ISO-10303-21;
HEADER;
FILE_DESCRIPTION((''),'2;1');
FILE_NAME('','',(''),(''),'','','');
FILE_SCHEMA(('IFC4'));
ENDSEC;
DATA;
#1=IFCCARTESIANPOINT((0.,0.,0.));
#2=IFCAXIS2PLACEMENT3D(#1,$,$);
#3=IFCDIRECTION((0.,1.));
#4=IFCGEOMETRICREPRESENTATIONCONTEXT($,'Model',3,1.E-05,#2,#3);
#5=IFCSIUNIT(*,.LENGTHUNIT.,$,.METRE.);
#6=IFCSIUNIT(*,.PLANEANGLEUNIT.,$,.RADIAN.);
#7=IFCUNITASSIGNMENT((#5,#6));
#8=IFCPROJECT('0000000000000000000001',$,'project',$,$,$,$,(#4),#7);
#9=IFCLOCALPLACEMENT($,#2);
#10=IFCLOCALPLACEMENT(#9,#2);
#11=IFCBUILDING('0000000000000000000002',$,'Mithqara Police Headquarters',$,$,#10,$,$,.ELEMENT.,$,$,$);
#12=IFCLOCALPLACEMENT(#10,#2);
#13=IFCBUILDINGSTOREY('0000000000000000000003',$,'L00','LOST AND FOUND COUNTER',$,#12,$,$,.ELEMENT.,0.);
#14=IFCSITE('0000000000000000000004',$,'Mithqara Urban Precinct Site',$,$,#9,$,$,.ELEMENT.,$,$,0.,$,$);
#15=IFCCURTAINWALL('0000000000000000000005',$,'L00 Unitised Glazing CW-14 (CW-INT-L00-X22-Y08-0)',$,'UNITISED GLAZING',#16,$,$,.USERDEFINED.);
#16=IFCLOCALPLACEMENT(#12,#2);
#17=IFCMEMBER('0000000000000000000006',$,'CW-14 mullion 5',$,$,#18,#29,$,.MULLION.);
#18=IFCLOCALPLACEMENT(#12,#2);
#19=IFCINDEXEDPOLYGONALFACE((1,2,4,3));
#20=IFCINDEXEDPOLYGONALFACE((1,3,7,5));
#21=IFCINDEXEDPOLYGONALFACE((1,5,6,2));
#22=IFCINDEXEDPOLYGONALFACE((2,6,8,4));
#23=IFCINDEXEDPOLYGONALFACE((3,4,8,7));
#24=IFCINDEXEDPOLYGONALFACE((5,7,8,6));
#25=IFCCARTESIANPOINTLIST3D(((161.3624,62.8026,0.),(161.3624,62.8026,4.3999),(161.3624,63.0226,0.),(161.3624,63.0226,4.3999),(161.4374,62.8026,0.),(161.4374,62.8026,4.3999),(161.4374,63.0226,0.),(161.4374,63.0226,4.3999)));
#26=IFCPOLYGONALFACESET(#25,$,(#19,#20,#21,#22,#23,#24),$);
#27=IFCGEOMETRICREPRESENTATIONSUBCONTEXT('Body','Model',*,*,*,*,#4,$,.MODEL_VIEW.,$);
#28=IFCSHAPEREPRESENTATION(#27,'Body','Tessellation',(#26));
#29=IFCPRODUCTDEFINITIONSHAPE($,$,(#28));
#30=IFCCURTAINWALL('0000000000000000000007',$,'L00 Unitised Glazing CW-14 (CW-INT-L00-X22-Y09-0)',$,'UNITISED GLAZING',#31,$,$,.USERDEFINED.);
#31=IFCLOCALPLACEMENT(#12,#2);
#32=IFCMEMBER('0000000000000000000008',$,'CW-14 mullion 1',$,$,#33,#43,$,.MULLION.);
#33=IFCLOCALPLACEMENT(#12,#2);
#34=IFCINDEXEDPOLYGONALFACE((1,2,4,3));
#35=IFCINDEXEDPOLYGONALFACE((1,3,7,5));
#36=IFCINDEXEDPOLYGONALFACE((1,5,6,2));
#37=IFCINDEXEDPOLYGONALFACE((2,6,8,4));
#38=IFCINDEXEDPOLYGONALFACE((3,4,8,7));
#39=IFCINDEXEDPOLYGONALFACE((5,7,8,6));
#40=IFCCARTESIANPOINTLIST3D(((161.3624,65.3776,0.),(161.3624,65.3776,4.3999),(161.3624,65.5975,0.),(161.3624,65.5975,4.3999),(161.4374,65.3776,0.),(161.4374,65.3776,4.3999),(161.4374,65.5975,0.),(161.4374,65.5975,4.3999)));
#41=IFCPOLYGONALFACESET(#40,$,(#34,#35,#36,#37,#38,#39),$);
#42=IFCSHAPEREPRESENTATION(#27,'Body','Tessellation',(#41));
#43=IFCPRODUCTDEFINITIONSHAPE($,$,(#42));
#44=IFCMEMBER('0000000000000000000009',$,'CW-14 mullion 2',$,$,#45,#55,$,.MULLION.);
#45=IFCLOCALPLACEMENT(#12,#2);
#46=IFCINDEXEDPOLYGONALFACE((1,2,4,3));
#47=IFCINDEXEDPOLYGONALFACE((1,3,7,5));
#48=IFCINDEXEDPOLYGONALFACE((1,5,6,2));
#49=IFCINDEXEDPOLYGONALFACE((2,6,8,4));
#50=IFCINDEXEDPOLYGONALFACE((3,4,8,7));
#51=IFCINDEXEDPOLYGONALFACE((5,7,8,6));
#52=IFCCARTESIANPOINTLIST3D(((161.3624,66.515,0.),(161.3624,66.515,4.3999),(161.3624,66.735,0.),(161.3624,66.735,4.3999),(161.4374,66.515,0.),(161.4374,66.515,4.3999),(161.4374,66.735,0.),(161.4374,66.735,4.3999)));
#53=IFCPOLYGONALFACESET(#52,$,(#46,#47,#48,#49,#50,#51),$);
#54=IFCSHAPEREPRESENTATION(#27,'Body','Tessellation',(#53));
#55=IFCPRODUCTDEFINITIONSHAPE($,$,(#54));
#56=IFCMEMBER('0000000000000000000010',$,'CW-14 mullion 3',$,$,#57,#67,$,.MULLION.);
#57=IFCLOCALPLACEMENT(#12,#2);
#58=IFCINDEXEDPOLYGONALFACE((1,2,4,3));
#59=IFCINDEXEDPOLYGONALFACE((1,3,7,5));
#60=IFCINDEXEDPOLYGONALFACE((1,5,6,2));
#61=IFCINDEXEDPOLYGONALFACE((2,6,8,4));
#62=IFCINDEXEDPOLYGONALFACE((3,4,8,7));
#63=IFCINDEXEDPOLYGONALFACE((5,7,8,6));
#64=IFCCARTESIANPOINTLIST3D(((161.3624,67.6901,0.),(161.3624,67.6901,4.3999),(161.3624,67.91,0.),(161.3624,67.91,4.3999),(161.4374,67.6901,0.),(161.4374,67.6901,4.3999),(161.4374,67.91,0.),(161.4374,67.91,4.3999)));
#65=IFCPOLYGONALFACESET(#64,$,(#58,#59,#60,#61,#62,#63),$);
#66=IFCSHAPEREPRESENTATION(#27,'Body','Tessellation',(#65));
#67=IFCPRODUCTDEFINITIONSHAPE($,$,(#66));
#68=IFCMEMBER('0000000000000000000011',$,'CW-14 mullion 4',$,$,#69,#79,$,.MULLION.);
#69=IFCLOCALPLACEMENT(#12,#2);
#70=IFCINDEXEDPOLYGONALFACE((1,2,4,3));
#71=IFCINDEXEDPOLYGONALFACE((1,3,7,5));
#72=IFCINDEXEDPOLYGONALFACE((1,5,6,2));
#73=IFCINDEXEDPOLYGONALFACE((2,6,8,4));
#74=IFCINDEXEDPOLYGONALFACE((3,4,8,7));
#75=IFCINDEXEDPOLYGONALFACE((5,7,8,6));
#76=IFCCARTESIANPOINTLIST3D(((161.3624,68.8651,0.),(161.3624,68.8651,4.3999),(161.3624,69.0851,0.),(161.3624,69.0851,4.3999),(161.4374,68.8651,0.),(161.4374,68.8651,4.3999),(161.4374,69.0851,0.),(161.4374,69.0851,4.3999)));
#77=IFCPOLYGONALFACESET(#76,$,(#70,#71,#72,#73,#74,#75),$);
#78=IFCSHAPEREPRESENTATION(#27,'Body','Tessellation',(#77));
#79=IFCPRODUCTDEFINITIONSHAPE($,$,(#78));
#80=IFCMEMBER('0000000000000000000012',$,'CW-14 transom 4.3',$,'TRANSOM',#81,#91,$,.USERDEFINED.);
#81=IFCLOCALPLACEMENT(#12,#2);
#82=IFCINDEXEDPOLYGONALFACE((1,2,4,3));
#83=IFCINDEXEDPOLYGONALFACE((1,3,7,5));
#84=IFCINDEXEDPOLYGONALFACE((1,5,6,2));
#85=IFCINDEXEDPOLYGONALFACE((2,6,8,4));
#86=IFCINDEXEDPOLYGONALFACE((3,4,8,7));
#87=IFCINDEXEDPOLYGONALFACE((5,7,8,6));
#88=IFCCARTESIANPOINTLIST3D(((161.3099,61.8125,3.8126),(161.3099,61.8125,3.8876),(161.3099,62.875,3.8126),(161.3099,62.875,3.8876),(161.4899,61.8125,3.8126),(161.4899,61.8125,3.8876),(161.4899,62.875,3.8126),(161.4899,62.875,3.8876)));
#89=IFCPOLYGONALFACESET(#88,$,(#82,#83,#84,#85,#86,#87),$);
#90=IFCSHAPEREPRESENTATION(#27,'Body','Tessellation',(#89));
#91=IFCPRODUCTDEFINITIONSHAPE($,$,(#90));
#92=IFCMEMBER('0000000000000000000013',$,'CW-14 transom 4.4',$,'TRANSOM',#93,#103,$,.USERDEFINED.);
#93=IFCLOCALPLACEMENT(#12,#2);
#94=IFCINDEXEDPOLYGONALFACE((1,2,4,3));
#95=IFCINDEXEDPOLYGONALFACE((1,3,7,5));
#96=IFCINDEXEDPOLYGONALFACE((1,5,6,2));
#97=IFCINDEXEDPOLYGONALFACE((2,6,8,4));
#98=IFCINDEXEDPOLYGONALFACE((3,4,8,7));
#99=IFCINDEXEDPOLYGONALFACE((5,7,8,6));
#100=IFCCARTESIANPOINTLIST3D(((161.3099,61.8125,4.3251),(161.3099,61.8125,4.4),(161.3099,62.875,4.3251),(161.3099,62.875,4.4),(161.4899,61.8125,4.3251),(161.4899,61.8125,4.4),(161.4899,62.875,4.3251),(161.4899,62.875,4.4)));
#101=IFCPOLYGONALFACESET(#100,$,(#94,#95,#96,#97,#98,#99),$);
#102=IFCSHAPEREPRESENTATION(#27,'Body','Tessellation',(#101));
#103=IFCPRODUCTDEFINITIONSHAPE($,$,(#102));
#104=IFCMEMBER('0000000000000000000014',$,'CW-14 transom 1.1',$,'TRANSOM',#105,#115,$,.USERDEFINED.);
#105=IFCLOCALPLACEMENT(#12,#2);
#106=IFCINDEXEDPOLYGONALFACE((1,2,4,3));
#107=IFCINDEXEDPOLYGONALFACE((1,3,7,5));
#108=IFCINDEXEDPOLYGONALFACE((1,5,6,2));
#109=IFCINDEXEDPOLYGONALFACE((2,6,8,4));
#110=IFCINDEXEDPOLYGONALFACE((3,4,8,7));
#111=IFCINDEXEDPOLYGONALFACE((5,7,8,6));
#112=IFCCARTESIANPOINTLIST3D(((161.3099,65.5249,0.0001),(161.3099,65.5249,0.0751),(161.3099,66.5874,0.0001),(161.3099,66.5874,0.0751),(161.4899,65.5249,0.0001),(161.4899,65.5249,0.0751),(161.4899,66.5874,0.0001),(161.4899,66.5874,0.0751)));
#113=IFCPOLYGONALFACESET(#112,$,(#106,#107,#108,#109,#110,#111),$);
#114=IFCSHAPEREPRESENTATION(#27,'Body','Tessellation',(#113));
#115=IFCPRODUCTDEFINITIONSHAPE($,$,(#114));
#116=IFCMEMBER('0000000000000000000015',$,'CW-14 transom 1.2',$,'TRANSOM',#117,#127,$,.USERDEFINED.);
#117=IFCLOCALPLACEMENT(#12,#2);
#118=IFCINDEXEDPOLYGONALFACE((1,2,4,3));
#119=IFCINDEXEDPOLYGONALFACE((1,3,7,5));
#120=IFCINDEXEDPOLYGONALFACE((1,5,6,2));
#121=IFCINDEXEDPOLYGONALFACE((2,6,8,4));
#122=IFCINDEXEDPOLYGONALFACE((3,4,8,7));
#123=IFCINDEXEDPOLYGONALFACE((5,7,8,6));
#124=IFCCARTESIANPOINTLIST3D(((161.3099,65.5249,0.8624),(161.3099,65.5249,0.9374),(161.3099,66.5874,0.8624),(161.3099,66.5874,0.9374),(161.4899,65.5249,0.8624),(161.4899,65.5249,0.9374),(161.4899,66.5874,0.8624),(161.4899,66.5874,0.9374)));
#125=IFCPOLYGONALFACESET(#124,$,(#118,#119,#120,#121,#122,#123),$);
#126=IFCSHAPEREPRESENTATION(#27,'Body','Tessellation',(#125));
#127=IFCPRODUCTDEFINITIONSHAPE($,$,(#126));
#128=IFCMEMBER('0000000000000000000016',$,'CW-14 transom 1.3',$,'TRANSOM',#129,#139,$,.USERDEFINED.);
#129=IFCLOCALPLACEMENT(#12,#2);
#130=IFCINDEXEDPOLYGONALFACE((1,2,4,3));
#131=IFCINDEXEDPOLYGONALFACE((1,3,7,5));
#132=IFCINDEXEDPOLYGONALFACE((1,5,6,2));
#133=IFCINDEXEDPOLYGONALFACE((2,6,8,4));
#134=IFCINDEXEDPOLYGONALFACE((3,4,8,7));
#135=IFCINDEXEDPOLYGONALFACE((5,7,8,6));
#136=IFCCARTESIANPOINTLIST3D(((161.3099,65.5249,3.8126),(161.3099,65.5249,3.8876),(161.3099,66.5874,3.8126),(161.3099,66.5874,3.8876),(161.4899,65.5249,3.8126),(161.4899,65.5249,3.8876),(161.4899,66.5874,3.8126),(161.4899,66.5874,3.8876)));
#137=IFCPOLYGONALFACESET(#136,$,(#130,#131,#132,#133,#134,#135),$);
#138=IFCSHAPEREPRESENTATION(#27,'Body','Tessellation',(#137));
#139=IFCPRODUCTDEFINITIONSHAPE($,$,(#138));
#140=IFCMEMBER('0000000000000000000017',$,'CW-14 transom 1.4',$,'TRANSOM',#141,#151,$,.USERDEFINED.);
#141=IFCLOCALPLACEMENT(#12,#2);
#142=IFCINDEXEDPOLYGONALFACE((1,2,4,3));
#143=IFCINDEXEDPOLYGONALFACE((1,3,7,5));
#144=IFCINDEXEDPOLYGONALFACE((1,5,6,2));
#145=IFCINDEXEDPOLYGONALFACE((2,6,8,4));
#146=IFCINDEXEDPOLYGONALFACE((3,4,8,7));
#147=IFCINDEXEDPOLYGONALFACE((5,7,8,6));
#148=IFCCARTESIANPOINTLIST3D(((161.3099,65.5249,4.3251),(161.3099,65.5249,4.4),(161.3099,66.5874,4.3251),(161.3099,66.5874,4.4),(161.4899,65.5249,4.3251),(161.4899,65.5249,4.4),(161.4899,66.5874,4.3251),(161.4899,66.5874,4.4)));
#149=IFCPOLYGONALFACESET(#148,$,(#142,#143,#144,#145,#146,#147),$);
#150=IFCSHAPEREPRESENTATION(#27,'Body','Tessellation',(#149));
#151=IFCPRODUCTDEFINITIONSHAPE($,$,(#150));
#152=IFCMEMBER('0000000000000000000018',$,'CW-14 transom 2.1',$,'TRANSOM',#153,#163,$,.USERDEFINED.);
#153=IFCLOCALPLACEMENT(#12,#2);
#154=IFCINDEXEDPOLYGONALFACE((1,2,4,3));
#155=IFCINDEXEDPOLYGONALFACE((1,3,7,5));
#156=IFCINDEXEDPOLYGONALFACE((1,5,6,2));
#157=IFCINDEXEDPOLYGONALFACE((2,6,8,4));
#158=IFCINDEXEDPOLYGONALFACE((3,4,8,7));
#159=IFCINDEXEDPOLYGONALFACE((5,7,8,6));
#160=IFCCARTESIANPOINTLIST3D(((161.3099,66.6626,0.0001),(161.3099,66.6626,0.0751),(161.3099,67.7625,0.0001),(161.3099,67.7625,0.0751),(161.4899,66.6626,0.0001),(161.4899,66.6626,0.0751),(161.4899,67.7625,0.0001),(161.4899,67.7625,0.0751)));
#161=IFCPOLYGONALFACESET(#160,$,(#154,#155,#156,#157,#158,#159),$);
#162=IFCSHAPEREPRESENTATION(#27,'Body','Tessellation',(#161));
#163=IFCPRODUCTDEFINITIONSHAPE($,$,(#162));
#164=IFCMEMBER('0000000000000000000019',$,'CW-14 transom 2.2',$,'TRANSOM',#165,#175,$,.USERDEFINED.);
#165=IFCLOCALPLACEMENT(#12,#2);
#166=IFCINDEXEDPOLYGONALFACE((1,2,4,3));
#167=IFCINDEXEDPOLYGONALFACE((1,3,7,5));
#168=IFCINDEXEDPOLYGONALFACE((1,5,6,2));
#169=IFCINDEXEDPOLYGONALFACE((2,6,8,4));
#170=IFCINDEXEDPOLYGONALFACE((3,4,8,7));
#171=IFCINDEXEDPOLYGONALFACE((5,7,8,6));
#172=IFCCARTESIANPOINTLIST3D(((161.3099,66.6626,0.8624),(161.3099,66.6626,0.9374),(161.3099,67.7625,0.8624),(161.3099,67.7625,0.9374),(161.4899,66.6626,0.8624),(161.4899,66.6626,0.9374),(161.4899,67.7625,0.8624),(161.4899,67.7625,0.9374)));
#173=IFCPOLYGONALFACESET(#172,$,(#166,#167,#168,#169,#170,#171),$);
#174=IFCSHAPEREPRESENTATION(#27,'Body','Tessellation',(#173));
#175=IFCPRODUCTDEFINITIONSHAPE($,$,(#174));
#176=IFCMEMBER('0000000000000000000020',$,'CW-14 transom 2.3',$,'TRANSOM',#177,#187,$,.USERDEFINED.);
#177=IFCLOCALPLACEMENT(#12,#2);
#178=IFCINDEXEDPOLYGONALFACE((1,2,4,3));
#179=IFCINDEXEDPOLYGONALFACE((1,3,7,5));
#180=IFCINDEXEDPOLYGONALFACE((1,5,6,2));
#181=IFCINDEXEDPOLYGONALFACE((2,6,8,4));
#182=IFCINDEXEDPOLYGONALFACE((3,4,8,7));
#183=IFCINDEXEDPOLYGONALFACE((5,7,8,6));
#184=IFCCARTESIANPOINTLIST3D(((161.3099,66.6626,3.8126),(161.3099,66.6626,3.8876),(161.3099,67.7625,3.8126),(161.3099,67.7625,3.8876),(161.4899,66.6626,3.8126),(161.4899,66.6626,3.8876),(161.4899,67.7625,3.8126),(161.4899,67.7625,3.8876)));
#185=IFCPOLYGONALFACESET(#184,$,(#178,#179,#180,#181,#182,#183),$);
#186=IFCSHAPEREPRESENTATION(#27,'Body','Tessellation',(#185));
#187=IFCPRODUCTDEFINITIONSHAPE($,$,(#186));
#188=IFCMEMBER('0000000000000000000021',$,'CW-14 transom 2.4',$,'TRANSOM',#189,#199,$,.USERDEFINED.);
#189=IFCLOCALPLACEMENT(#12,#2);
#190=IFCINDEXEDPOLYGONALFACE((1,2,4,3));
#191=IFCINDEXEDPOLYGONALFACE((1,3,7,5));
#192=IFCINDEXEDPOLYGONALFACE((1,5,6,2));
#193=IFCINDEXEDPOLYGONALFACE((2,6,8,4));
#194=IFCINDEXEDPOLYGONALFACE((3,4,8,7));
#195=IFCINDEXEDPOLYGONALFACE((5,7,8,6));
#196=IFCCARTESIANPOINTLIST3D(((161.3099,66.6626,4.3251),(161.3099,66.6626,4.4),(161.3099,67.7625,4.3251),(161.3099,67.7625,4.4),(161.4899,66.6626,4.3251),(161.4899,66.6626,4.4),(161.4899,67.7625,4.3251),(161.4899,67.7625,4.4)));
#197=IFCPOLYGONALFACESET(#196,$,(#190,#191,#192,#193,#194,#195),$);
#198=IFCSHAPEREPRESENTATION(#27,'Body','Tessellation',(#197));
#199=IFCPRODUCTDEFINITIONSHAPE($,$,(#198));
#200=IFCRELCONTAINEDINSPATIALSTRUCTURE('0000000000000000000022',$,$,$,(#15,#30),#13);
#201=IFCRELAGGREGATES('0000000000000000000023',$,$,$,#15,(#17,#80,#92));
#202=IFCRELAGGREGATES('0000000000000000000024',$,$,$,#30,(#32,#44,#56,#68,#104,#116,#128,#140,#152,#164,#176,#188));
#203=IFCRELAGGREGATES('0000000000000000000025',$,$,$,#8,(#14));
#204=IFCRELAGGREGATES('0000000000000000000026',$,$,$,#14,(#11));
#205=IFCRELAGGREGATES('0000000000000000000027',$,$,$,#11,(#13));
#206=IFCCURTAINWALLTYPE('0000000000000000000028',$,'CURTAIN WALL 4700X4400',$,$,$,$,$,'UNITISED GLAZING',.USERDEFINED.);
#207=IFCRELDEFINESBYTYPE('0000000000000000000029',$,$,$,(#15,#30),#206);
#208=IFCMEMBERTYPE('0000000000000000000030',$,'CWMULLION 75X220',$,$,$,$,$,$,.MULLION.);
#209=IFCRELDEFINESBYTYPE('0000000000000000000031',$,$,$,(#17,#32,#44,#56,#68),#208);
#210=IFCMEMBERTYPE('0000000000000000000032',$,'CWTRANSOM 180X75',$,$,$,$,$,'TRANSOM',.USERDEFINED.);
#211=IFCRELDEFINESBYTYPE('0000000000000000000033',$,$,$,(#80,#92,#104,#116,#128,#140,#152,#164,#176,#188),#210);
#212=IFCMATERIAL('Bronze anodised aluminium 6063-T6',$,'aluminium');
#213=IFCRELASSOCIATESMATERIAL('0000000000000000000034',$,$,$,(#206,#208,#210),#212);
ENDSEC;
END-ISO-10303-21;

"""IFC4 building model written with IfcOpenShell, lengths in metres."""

from ifc_helpers import new_model, si_unit, direction, frame, origin, origin_2d, place, context, subcontext, project, spatial, rectangle, extrude, material, material_profile, profile_set, type_object, element, aggregate, save


model = new_model("IFC4")

# Units and contexts
model_context = context("Model", 3, precision=1e-05, world=origin(), true_north=direction((0.0, 1.0)))
body_context = subcontext(model_context, "Body", "Model", "MODEL_VIEW")
ifc_project = project(units=[si_unit("LENGTHUNIT", "METRE"), si_unit("PLANEANGLEUNIT", "RADIAN")], contexts=[model_context])

# Site, building, storey
site_placement = place(None, origin())
site = spatial("IfcSite", under=ifc_project, at=site_placement, Name="Mithqara Urban Precinct Site", CompositionType="ELEMENT", RefElevation=0.0)
building_placement = place(site_placement, origin())
building = spatial("IfcBuilding", under=site, at=building_placement, Name="Mithqara Police Headquarters", CompositionType="ELEMENT")
storey_placement = place(building_placement, origin())
storey = spatial("IfcBuildingStorey", under=building, at=storey_placement, Name="L00", Description="LOST AND FOUND COUNTER", CompositionType="ELEMENT", Elevation=0.0)

# Curtain wall, member
ifc_material_1 = material(Name="Bronze anodised aluminium 6063-T6", Category="aluminium")
curtain_wall_type = type_object("IfcCurtainWallType", Name="CURTAIN WALL 4700X4400", ElementType="UNITISED GLAZING", PredefinedType="USERDEFINED", material=ifc_material_1)
curtain_wall_1_placement = place(storey_placement, origin())
curtain_wall_1 = element("IfcCurtainWall", 1, at=curtain_wall_1_placement, inside=storey, type_object=curtain_wall_type, Name="L00 Unitised Glazing CW-14 (CW-INT-L00-X22-Y08-0)", ObjectType="UNITISED GLAZING", PredefinedType="USERDEFINED")
ifc_material_profile_1 = material_profile(ifc_material_1, rectangle(XDim=0.075, YDim=0.22, at=origin_2d()), Name="CWM 75x220")
ifc_profile_set_1 = profile_set([ifc_material_profile_1], Name="Bronze anodised aluminium 6063-T6")
member_type_1 = type_object("IfcMemberType", Name="CWMULLION 75X220", PredefinedType="MULLION", material=ifc_profile_set_1)
member_1_placement = place(storey_placement, frame((161.3999, 62.9126, 0.0), z_axis=(0.0, 0.0, 1.0), x_axis=(-1.0, 0.0, 0.0)))
member_1 = element("IfcMember", 2, at=member_1_placement, type_object=member_type_1, Name="CW-14 mullion 5", PredefinedType="MULLION", context=body_context, shape_type="SweptSolid", body=[
    extrude(rectangle(XDim=0.075, YDim=0.22, at=origin_2d()), origin(), (0.0, 0.0, 1.0), 4.3999),
])

# Curtain wall, members
curtain_wall_2_placement = place(storey_placement, origin())
curtain_wall_2 = element("IfcCurtainWall", 3, at=curtain_wall_2_placement, inside=storey, type_object=curtain_wall_type, Name="L00 Unitised Glazing CW-14 (CW-INT-L00-X22-Y09-0)", ObjectType="UNITISED GLAZING", PredefinedType="USERDEFINED")
member_2_placement = place(storey_placement, frame((161.3999, 65.4875, 0.0), z_axis=(0.0, 0.0, 1.0), x_axis=(-1.0, 0.0, 0.0)))
member_2 = element("IfcMember", 4, at=member_2_placement, type_object=member_type_1, Name="CW-14 mullion 1", PredefinedType="MULLION", context=body_context, shape_type="SweptSolid", body=[
    extrude(rectangle(XDim=0.075, YDim=0.22, at=origin_2d()), origin(), (0.0, 0.0, 1.0), 4.3999),
])
member_3_placement = place(storey_placement, frame((161.3999, 66.625, 0.0), z_axis=(0.0, 0.0, 1.0), x_axis=(-1.0, 0.0, 0.0)))
member_3 = element("IfcMember", 5, at=member_3_placement, type_object=member_type_1, Name="CW-14 mullion 2", PredefinedType="MULLION", context=body_context, shape_type="SweptSolid", body=[
    extrude(rectangle(XDim=0.075, YDim=0.22, at=origin_2d()), origin(), (0.0, 0.0, 1.0), 4.3999),
])
member_4_placement = place(storey_placement, frame((161.3999, 67.8, 0.0), z_axis=(0.0, 0.0, 1.0), x_axis=(-1.0, 0.0, 0.0)))
member_4 = element("IfcMember", 6, at=member_4_placement, type_object=member_type_1, Name="CW-14 mullion 3", PredefinedType="MULLION", context=body_context, shape_type="SweptSolid", body=[
    extrude(rectangle(XDim=0.075, YDim=0.22, at=origin_2d()), origin(), (0.0, 0.0, 1.0), 4.3999),
])
member_5_placement = place(storey_placement, frame((161.3999, 68.9751, 0.0), z_axis=(0.0, 0.0, 1.0), x_axis=(-1.0, 0.0, 0.0)))
member_5 = element("IfcMember", 7, at=member_5_placement, type_object=member_type_1, Name="CW-14 mullion 4", PredefinedType="MULLION", context=body_context, shape_type="SweptSolid", body=[
    extrude(rectangle(XDim=0.075, YDim=0.22, at=origin_2d()), origin(), (0.0, 0.0, 1.0), 4.3999),
])

# Members
ifc_material_profile_2 = material_profile(ifc_material_1, rectangle(XDim=0.1799, YDim=0.075, at=origin_2d()), Name="CWT 180x75")
ifc_profile_set_2 = profile_set([ifc_material_profile_2], Name="Bronze anodised aluminium 6063-T6")
member_type_2 = type_object("IfcMemberType", Name="CWTRANSOM 180X75", ElementType="TRANSOM", PredefinedType="USERDEFINED", material=ifc_profile_set_2)
member_6_placement = place(storey_placement, frame((161.3999, 61.8125, 3.8501), z_axis=(0.0, 1.0, 0.0), x_axis=(-1.0, 0.0, 0.0)))
member_6 = element("IfcMember", 8, at=member_6_placement, type_object=member_type_2, Name="CW-14 transom 4.3", ObjectType="TRANSOM", PredefinedType="USERDEFINED", context=body_context, shape_type="SweptSolid", body=[
    extrude(rectangle(XDim=0.1799, YDim=0.075, at=origin_2d()), origin(), (0.0, 0.0, 1.0), 1.0625),
])
member_7_placement = place(storey_placement, frame((161.3999, 61.8125, 4.3625), z_axis=(0.0, 1.0, 0.0), x_axis=(-1.0, 0.0, 0.0)))
member_7 = element("IfcMember", 9, at=member_7_placement, type_object=member_type_2, Name="CW-14 transom 4.4", ObjectType="TRANSOM", PredefinedType="USERDEFINED", context=body_context, shape_type="SweptSolid", body=[
    extrude(rectangle(XDim=0.1799, YDim=0.075, at=origin_2d()), origin(), (0.0, 0.0, 1.0), 1.0625),
])
member_8_placement = place(storey_placement, frame((161.3999, 65.5249, 0.0376), z_axis=(0.0, 1.0, 0.0), x_axis=(-1.0, 0.0, 0.0)))
member_8 = element("IfcMember", 10, at=member_8_placement, type_object=member_type_2, Name="CW-14 transom 1.1", ObjectType="TRANSOM", PredefinedType="USERDEFINED", context=body_context, shape_type="SweptSolid", body=[
    extrude(rectangle(XDim=0.1799, YDim=0.075, at=origin_2d()), origin(), (0.0, 0.0, 1.0), 1.0625),
])
member_9_placement = place(storey_placement, frame((161.3999, 65.5249, 0.8999), z_axis=(0.0, 1.0, 0.0), x_axis=(-1.0, 0.0, 0.0)))
member_9 = element("IfcMember", 11, at=member_9_placement, type_object=member_type_2, Name="CW-14 transom 1.2", ObjectType="TRANSOM", PredefinedType="USERDEFINED", context=body_context, shape_type="SweptSolid", body=[
    extrude(rectangle(XDim=0.1799, YDim=0.075, at=origin_2d()), origin(), (0.0, 0.0, 1.0), 1.0625),
])
member_10_placement = place(storey_placement, frame((161.3999, 65.5249, 3.8501), z_axis=(0.0, 1.0, 0.0), x_axis=(-1.0, 0.0, 0.0)))
member_10 = element("IfcMember", 12, at=member_10_placement, type_object=member_type_2, Name="CW-14 transom 1.3", ObjectType="TRANSOM", PredefinedType="USERDEFINED", context=body_context, shape_type="SweptSolid", body=[
    extrude(rectangle(XDim=0.1799, YDim=0.075, at=origin_2d()), origin(), (0.0, 0.0, 1.0), 1.0625),
])
member_11_placement = place(storey_placement, frame((161.3999, 65.5249, 4.3625), z_axis=(0.0, 1.0, 0.0), x_axis=(-1.0, 0.0, 0.0)))
member_11 = element("IfcMember", 13, at=member_11_placement, type_object=member_type_2, Name="CW-14 transom 1.4", ObjectType="TRANSOM", PredefinedType="USERDEFINED", context=body_context, shape_type="SweptSolid", body=[
    extrude(rectangle(XDim=0.1799, YDim=0.075, at=origin_2d()), origin(), (0.0, 0.0, 1.0), 1.0625),
])
member_12_placement = place(storey_placement, frame((161.3999, 66.6626, 0.0376), z_axis=(0.0, 1.0, 0.0), x_axis=(-1.0, 0.0, 0.0)))
member_12 = element("IfcMember", 14, at=member_12_placement, type_object=member_type_2, Name="CW-14 transom 2.1", ObjectType="TRANSOM", PredefinedType="USERDEFINED", context=body_context, shape_type="SweptSolid", body=[
    extrude(rectangle(XDim=0.1799, YDim=0.075, at=origin_2d()), origin(), (0.0, 0.0, 1.0), 1.0999),
])
member_13_placement = place(storey_placement, frame((161.3999, 66.6626, 0.8999), z_axis=(0.0, 1.0, 0.0), x_axis=(-1.0, 0.0, 0.0)))
member_13 = element("IfcMember", 15, at=member_13_placement, type_object=member_type_2, Name="CW-14 transom 2.2", ObjectType="TRANSOM", PredefinedType="USERDEFINED", context=body_context, shape_type="SweptSolid", body=[
    extrude(rectangle(XDim=0.1799, YDim=0.075, at=origin_2d()), origin(), (0.0, 0.0, 1.0), 1.0999),
])
member_14_placement = place(storey_placement, frame((161.3999, 66.6626, 3.8501), z_axis=(0.0, 1.0, 0.0), x_axis=(-1.0, 0.0, 0.0)))
member_14 = element("IfcMember", 16, at=member_14_placement, type_object=member_type_2, Name="CW-14 transom 2.3", ObjectType="TRANSOM", PredefinedType="USERDEFINED", context=body_context, shape_type="SweptSolid", body=[
    extrude(rectangle(XDim=0.1799, YDim=0.075, at=origin_2d()), origin(), (0.0, 0.0, 1.0), 1.0999),
])
member_15_placement = place(storey_placement, frame((161.3999, 66.6626, 4.3625), z_axis=(0.0, 1.0, 0.0), x_axis=(-1.0, 0.0, 0.0)))
member_15 = element("IfcMember", 17, at=member_15_placement, type_object=member_type_2, Name="CW-14 transom 2.4", ObjectType="TRANSOM", PredefinedType="USERDEFINED", context=body_context, shape_type="SweptSolid", body=[
    extrude(rectangle(XDim=0.1799, YDim=0.075, at=origin_2d()), origin(), (0.0, 0.0, 1.0), 1.0999),
])

aggregate(curtain_wall_1, [member_1, member_6, member_7])
aggregate(curtain_wall_2, [member_2, member_3, member_4, member_5, member_8, member_9, member_10, member_11, member_12, member_13, member_14, member_15])

save(model, "model.ifc")
